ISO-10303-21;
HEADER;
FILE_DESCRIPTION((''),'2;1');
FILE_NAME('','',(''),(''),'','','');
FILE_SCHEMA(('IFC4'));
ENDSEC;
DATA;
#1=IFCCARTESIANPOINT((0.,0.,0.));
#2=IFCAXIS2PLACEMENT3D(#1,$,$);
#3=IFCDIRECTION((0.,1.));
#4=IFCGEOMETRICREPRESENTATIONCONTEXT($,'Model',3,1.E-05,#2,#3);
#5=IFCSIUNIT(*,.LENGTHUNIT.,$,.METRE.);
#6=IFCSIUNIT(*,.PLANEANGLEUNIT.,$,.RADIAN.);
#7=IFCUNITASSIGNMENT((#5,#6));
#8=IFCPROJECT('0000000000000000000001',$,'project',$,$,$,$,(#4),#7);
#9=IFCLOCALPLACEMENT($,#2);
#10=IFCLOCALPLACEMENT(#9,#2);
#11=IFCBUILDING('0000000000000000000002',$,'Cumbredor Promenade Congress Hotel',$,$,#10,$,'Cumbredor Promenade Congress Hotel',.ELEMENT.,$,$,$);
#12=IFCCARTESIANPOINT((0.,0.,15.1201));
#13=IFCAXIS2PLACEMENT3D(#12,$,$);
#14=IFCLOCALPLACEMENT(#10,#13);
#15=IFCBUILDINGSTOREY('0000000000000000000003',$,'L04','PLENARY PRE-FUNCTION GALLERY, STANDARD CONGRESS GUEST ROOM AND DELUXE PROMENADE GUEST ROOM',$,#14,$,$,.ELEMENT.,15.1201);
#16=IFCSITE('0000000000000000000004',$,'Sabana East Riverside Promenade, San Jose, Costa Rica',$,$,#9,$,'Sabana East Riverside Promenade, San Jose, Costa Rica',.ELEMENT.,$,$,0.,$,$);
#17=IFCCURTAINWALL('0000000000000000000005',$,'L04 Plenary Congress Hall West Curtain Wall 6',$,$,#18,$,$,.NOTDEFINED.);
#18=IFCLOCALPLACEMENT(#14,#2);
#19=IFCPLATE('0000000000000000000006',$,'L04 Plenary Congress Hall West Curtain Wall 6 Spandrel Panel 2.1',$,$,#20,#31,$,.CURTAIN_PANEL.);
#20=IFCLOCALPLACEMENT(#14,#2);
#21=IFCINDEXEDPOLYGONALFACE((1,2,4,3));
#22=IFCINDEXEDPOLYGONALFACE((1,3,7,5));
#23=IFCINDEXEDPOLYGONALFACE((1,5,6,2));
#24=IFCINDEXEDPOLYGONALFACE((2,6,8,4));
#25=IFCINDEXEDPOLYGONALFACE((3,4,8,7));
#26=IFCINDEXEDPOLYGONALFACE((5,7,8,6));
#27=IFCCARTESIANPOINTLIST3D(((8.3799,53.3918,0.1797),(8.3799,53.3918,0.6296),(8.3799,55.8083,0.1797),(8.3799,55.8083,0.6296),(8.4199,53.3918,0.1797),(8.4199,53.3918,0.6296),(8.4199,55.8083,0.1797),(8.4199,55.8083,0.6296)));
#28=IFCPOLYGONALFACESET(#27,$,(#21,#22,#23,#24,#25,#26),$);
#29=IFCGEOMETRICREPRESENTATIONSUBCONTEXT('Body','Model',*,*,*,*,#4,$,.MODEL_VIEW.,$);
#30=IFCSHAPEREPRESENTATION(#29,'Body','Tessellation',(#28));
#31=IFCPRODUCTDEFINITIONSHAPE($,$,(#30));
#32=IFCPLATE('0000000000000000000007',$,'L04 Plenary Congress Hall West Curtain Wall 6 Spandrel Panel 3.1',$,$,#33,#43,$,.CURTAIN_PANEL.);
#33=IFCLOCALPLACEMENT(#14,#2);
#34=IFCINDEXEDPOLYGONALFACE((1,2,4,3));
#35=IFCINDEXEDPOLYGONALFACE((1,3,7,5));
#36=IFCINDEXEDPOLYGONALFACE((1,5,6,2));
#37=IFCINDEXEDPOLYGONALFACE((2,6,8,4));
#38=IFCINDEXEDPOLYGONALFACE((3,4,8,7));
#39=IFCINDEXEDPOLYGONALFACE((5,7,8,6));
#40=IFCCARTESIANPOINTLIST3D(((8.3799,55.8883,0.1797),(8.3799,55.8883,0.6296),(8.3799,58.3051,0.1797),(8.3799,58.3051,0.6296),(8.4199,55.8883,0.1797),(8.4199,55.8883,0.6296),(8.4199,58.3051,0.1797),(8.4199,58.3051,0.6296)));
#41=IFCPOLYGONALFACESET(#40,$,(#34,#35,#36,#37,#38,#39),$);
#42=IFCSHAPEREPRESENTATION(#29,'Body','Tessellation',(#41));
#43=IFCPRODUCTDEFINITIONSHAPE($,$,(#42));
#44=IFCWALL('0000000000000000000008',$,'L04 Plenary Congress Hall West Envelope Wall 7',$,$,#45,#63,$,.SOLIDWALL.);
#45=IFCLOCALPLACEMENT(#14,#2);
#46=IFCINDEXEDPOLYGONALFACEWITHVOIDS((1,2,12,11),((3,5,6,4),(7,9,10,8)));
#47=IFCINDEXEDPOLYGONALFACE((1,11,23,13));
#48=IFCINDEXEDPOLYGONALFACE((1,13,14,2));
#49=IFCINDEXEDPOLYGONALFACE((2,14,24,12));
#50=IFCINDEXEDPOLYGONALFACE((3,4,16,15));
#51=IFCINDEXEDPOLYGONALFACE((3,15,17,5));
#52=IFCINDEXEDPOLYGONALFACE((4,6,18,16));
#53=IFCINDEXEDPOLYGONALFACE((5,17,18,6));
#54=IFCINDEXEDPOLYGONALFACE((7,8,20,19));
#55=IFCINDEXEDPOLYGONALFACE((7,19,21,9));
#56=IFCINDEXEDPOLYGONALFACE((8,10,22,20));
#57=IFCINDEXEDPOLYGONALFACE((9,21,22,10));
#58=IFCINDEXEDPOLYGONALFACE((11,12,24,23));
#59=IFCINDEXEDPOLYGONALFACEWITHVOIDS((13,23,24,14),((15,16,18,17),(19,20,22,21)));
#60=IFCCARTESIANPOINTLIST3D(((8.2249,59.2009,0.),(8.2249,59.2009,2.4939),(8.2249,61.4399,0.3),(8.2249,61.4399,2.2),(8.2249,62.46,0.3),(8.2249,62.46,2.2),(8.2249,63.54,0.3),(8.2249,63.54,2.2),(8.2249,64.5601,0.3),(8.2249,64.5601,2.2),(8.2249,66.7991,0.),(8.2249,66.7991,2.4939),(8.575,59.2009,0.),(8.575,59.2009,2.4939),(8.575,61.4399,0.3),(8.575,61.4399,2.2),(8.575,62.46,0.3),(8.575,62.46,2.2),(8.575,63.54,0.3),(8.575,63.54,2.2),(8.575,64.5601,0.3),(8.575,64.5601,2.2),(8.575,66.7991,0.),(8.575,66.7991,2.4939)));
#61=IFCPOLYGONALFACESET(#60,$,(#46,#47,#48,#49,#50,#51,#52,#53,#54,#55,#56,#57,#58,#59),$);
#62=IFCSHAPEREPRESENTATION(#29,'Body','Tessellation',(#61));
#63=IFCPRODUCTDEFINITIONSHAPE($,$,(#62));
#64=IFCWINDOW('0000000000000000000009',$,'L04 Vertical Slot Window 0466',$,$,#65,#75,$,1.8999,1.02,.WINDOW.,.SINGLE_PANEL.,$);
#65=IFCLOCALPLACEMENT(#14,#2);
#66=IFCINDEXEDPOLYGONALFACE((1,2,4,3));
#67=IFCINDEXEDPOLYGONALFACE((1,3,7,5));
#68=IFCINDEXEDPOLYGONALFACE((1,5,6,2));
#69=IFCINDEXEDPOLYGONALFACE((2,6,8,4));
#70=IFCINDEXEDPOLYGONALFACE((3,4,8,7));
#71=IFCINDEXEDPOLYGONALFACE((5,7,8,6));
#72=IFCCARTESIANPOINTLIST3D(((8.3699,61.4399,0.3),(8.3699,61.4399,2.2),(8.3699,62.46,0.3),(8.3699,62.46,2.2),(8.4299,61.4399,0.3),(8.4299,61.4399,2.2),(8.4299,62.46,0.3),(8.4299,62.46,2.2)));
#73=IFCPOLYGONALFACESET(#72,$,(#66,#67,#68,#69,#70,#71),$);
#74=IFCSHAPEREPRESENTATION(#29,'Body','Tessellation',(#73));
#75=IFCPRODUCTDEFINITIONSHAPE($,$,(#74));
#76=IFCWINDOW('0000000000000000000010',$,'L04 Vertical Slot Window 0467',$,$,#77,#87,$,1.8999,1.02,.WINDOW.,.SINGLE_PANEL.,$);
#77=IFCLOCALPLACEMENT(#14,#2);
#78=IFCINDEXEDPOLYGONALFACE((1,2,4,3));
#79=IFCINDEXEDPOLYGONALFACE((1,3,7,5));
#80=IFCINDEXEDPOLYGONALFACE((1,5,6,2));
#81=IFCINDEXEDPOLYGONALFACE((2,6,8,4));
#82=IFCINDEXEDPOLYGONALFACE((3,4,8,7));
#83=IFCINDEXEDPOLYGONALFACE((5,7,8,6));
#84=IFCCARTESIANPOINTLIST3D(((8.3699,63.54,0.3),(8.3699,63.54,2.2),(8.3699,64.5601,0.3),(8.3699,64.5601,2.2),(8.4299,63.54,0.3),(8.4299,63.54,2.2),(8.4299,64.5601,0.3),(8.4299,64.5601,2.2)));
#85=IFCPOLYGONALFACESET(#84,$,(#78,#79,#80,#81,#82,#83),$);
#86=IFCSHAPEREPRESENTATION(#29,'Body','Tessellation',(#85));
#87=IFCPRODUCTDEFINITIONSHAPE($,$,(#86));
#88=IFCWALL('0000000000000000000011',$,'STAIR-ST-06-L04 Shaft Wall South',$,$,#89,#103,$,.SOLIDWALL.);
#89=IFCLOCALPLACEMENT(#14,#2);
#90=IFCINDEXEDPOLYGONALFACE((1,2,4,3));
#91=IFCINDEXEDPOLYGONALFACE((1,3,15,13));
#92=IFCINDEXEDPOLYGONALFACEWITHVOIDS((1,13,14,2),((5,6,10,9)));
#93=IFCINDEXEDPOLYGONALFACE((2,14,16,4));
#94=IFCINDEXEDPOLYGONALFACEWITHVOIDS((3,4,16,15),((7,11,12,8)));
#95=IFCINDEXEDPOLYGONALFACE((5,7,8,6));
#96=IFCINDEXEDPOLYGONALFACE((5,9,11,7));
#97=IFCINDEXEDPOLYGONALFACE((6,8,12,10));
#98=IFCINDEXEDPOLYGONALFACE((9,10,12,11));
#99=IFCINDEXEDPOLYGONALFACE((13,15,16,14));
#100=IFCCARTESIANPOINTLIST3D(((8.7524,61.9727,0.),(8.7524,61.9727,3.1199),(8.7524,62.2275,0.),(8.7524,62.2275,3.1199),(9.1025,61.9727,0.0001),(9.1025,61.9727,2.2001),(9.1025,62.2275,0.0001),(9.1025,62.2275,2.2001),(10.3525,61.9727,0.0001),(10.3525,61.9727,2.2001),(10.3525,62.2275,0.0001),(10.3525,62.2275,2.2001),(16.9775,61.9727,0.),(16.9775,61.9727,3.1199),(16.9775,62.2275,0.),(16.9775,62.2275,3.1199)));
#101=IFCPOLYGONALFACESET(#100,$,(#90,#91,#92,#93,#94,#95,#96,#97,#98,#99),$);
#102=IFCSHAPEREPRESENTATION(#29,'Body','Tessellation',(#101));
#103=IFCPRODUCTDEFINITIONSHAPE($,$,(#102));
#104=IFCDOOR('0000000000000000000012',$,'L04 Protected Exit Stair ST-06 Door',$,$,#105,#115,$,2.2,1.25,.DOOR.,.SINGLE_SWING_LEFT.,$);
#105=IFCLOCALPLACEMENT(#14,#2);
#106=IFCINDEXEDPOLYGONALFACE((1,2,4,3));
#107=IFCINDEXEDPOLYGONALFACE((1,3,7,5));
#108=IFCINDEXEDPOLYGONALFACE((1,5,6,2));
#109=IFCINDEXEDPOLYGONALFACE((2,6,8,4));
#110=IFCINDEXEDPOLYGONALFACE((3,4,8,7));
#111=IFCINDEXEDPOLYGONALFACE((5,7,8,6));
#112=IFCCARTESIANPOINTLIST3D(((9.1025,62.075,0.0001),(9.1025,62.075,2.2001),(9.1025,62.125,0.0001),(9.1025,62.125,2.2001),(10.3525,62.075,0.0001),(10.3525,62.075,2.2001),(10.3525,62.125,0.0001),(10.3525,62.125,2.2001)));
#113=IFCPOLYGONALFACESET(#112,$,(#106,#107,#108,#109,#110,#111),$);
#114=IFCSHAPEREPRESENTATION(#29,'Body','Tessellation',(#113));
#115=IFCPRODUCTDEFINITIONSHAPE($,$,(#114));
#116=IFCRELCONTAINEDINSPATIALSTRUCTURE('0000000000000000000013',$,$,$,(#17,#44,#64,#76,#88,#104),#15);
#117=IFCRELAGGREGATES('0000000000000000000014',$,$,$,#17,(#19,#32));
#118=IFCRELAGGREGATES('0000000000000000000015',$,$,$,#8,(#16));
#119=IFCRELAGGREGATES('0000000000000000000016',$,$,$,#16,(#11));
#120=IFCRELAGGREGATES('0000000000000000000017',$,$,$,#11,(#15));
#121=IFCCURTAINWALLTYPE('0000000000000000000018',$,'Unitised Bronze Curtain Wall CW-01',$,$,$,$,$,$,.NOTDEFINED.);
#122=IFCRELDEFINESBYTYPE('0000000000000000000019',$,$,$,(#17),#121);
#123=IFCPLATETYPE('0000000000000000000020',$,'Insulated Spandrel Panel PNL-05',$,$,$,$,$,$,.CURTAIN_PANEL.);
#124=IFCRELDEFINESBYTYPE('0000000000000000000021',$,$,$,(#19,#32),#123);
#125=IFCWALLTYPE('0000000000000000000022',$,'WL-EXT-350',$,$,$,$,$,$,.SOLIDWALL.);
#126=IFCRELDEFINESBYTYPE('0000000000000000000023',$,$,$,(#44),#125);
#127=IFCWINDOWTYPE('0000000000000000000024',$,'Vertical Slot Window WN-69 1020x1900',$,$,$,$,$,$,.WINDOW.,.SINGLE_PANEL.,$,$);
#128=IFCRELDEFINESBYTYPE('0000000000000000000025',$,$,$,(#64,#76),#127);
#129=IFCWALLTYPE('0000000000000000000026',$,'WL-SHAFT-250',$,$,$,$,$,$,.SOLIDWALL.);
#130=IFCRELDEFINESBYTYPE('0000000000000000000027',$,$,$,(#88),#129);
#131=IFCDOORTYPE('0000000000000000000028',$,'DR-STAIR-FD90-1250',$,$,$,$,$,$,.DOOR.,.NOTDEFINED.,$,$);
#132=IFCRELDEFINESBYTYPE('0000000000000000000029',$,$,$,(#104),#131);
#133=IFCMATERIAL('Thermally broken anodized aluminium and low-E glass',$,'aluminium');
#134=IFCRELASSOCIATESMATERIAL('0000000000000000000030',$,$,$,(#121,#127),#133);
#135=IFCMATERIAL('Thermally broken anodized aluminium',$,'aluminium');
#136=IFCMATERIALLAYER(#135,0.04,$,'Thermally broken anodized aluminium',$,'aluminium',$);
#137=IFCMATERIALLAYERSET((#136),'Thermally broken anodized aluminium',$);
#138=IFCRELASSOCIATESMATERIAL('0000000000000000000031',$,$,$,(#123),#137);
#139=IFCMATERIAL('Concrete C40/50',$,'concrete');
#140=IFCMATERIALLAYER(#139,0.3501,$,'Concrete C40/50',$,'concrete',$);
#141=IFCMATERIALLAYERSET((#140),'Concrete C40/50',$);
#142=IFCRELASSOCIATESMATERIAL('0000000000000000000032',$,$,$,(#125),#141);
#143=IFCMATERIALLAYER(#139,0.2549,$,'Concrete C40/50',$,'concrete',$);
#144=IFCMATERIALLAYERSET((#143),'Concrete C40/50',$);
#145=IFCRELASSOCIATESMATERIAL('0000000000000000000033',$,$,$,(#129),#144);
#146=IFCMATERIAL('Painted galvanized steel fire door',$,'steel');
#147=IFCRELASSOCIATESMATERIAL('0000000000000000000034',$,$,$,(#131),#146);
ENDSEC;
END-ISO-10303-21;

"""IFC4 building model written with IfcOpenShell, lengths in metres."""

from ifc_helpers import new_model, si_unit, direction, frame, frame_2d, origin, origin_2d, place, context, subcontext, project, spatial, rectangle, extrude, material, layer, layer_set, type_object, element, fill, aggregate, save


model = new_model("IFC4")

# Units and contexts
model_context = context("Model", 3, precision=1e-05, world=origin(), true_north=direction((0.0, 1.0)))
body_context = subcontext(model_context, "Body", "Model", "MODEL_VIEW")
ifc_project = project(units=[si_unit("LENGTHUNIT", "METRE"), si_unit("PLANEANGLEUNIT", "RADIAN")], contexts=[model_context])

# Site, building, storey
site_placement = place(None, origin())
site = spatial("IfcSite", under=ifc_project, at=site_placement, Name="Sabana East Riverside Promenade, San Jose, Costa Rica", LongName="Sabana East Riverside Promenade, San Jose, Costa Rica", CompositionType="ELEMENT", RefElevation=0.0)
building_placement = place(site_placement, origin())
building = spatial("IfcBuilding", under=site, at=building_placement, Name="Cumbredor Promenade Congress Hotel", LongName="Cumbredor Promenade Congress Hotel", CompositionType="ELEMENT")
storey_placement = place(building_placement, frame((0.0, 0.0, 15.1201)))
storey = spatial("IfcBuildingStorey", under=building, at=storey_placement, Name="L04", Description="PLENARY PRE-FUNCTION GALLERY, STANDARD CONGRESS GUEST ROOM AND DELUXE PROMENADE GUEST ROOM", CompositionType="ELEMENT", Elevation=15.1201)

# Curtain wall
ifc_material_1 = material(Name="Thermally broken anodized aluminium and low-E glass", Category="aluminium")
curtain_wall_type_1 = type_object("IfcCurtainWallType", Name="Unitised Bronze Curtain Wall CW-01", PredefinedType="NOTDEFINED", material=ifc_material_1)
curtain_wall_1_placement = place(storey_placement, origin())
curtain_wall_1 = element("IfcCurtainWall", 1, at=curtain_wall_1_placement, inside=storey, type_object=curtain_wall_type_1, Name="L04 Plenary Congress Hall West Curtain Wall 6", PredefinedType="NOTDEFINED")
ifc_material_2 = material(Name="Thermally broken anodized aluminium", Category="aluminium")

# Plates
ifc_layer_1 = layer(ifc_material_2, 0.04, Name="Thermally broken anodized aluminium", Category="aluminium")
ifc_layer_set_1 = layer_set([ifc_layer_1], Name="Thermally broken anodized aluminium")
plate_type_1 = type_object("IfcPlateType", Name="Insulated Spandrel Panel PNL-05", PredefinedType="CURTAIN_PANEL", material=ifc_layer_set_1)
plate_1_placement = place(storey_placement, frame((8.3999, 54.6001, 0.1797), z_axis=(0.0, 0.0, 1.0), x_axis=(0.0, 1.0, 0.0)))
plate_1 = element("IfcPlate", 2, at=plate_1_placement, type_object=plate_type_1, Name="L04 Plenary Congress Hall West Curtain Wall 6 Spandrel Panel 2.1", PredefinedType="CURTAIN_PANEL", context=body_context, shape_type="SweptSolid", body=[
    extrude(rectangle(XDim=2.4165, YDim=0.04, at=origin_2d()), origin(), (0.0, 0.0, 1.0), 0.45),
])
plate_2_placement = place(storey_placement, frame((8.3999, 57.0967, 0.1797), z_axis=(0.0, 0.0, 1.0), x_axis=(0.0, 1.0, 0.0)))
plate_2 = element("IfcPlate", 3, at=plate_2_placement, type_object=plate_type_1, Name="L04 Plenary Congress Hall West Curtain Wall 6 Spandrel Panel 3.1", PredefinedType="CURTAIN_PANEL", context=body_context, shape_type="SweptSolid", body=[
    extrude(rectangle(XDim=2.4167, YDim=0.04, at=origin_2d()), origin(), (0.0, 0.0, 1.0), 0.45),
])
aggregate(curtain_wall_1, [plate_1, plate_2])

# Wall, openings, windows
ifc_material_3 = material(Name="Concrete C40/50", Category="concrete")
ifc_layer_2 = layer(ifc_material_3, 0.3501, Name="Concrete C40/50", Category="concrete")
ifc_layer_set_2 = layer_set([ifc_layer_2], Name="Concrete C40/50")
wall_type_1 = type_object("IfcWallType", Name="WL-EXT-350", PredefinedType="SOLIDWALL", material=ifc_layer_set_2)
wall_1_placement = place(storey_placement, frame((8.3999, 59.2009, 0.0), z_axis=(0.0, 0.0, 1.0), x_axis=(0.0, 1.0, 0.0)))
wall_1 = element("IfcWall", 4, at=wall_1_placement, inside=storey, type_object=wall_type_1, Name="L04 Plenary Congress Hall West Envelope Wall 7", PredefinedType="SOLIDWALL", context=body_context, shape_type="SweptSolid", body=[
    extrude(rectangle(XDim=7.5981, YDim=0.3501, at=frame_2d((3.7991, 0.0))), origin(), (0.0, 0.0, 1.0), 2.4939),
])
opening_1_placement = place(wall_1_placement, frame((2.239, 0.0, 0.3)))
opening_1 = element("IfcOpeningElement", 5, at=opening_1_placement, cuts=wall_1, PredefinedType="OPENING", context=body_context, shape_type="SweptSolid", body=[
    extrude(rectangle(XDim=1.02, YDim=1.8999, at=frame_2d((0.51, 0.95))), frame((0.0, 0.1851, 0.0), z_axis=(0.0, -1.0, 0.0), x_axis=(1.0, 0.0, 0.0)), (0.0, 0.0, 1.0), 0.3701),
])
opening_2_placement = place(wall_1_placement, frame((4.3391, 0.0, 0.3)))
opening_2 = element("IfcOpeningElement", 6, at=opening_2_placement, cuts=wall_1, PredefinedType="OPENING", context=body_context, shape_type="SweptSolid", body=[
    extrude(rectangle(XDim=1.02, YDim=1.8999, at=frame_2d((0.51, 0.95))), frame((0.0, 0.1851, 0.0), z_axis=(0.0, -1.0, 0.0), x_axis=(1.0, 0.0, 0.0)), (0.0, 0.0, 1.0), 0.3701),
])
window_type = type_object("IfcWindowType", Name="Vertical Slot Window WN-69 1020x1900", PartitioningType="SINGLE_PANEL", PredefinedType="WINDOW", material=ifc_material_1)
window_1_placement = place(opening_1_placement, origin())
window_1 = element("IfcWindow", 7, at=window_1_placement, inside=storey, type_object=window_type, Name="L04 Vertical Slot Window 0466", OverallHeight=1.8999, OverallWidth=1.02, PartitioningType="SINGLE_PANEL", PredefinedType="WINDOW", context=body_context, shape_type="SweptSolid", body=[
    extrude(rectangle(XDim=1.02, YDim=1.8999, at=frame_2d((0.51, 0.95))), frame((0.0, 0.03, 0.0), z_axis=(0.0, -1.0, 0.0), x_axis=(1.0, 0.0, 0.0)), (0.0, 0.0, 1.0), 0.0601),
])
fill(opening_1, window_1)
window_2_placement = place(opening_2_placement, origin())
window_2 = element("IfcWindow", 8, at=window_2_placement, inside=storey, type_object=window_type, Name="L04 Vertical Slot Window 0467", OverallHeight=1.8999, OverallWidth=1.02, PartitioningType="SINGLE_PANEL", PredefinedType="WINDOW", context=body_context, shape_type="SweptSolid", body=[
    extrude(rectangle(XDim=1.02, YDim=1.8999, at=frame_2d((0.51, 0.95))), frame((0.0, 0.03, 0.0), z_axis=(0.0, -1.0, 0.0), x_axis=(1.0, 0.0, 0.0)), (0.0, 0.0, 1.0), 0.0601),
])
fill(opening_2, window_2)

# Wall, opening, door
ifc_layer_3 = layer(ifc_material_3, 0.2549, Name="Concrete C40/50", Category="concrete")
ifc_layer_set_3 = layer_set([ifc_layer_3], Name="Concrete C40/50")
wall_type_2 = type_object("IfcWallType", Name="WL-SHAFT-250", PredefinedType="SOLIDWALL", material=ifc_layer_set_3)
wall_2_placement = place(storey_placement, frame((8.7524, 62.1001, 0.0), z_axis=(0.0, 0.0, 1.0), x_axis=(1.0, 0.0, 0.0)))
wall_2 = element("IfcWall", 9, at=wall_2_placement, inside=storey, type_object=wall_type_2, Name="STAIR-ST-06-L04 Shaft Wall South", PredefinedType="SOLIDWALL", context=body_context, shape_type="SweptSolid", body=[
    extrude(rectangle(XDim=8.2251, YDim=0.2549, at=frame_2d((4.1125, 0.0))), origin(), (0.0, 0.0, 1.0), 3.1199),
])
opening_3_placement = place(wall_2_placement, frame((0.3501, 0.0, 0.0)))
opening_3 = element("IfcOpeningElement", 10, at=opening_3_placement, cuts=wall_2, PredefinedType="OPENING", context=body_context, shape_type="SweptSolid", body=[
    extrude(rectangle(XDim=1.25, YDim=2.2, at=frame_2d((0.625, 1.1001))), frame((0.0, 0.1375, 0.0), z_axis=(0.0, -1.0, 0.0), x_axis=(1.0, 0.0, 0.0)), (0.0, 0.0, 1.0), 0.2749),
])
ifc_material_4 = material(Name="Painted galvanized steel fire door", Category="steel")
door_type = type_object("IfcDoorType", Name="DR-STAIR-FD90-1250", OperationType="NOTDEFINED", PredefinedType="DOOR", material=ifc_material_4)
door_placement = place(opening_3_placement, origin())
door = element("IfcDoor", 11, at=door_placement, inside=storey, type_object=door_type, Name="L04 Protected Exit Stair ST-06 Door", OperationType="SINGLE_SWING_LEFT", OverallHeight=2.2, OverallWidth=1.25, PredefinedType="DOOR", context=body_context, shape_type="SweptSolid", body=[
    extrude(rectangle(XDim=1.25, YDim=2.2, at=frame_2d((0.625, 1.1001))), frame((0.0, 0.0249, 0.0), z_axis=(0.0, -1.0, 0.0), x_axis=(1.0, 0.0, 0.0)), (0.0, 0.0, 1.0), 0.05),
])
fill(opening_3, door)

save(model, "model.ifc")
